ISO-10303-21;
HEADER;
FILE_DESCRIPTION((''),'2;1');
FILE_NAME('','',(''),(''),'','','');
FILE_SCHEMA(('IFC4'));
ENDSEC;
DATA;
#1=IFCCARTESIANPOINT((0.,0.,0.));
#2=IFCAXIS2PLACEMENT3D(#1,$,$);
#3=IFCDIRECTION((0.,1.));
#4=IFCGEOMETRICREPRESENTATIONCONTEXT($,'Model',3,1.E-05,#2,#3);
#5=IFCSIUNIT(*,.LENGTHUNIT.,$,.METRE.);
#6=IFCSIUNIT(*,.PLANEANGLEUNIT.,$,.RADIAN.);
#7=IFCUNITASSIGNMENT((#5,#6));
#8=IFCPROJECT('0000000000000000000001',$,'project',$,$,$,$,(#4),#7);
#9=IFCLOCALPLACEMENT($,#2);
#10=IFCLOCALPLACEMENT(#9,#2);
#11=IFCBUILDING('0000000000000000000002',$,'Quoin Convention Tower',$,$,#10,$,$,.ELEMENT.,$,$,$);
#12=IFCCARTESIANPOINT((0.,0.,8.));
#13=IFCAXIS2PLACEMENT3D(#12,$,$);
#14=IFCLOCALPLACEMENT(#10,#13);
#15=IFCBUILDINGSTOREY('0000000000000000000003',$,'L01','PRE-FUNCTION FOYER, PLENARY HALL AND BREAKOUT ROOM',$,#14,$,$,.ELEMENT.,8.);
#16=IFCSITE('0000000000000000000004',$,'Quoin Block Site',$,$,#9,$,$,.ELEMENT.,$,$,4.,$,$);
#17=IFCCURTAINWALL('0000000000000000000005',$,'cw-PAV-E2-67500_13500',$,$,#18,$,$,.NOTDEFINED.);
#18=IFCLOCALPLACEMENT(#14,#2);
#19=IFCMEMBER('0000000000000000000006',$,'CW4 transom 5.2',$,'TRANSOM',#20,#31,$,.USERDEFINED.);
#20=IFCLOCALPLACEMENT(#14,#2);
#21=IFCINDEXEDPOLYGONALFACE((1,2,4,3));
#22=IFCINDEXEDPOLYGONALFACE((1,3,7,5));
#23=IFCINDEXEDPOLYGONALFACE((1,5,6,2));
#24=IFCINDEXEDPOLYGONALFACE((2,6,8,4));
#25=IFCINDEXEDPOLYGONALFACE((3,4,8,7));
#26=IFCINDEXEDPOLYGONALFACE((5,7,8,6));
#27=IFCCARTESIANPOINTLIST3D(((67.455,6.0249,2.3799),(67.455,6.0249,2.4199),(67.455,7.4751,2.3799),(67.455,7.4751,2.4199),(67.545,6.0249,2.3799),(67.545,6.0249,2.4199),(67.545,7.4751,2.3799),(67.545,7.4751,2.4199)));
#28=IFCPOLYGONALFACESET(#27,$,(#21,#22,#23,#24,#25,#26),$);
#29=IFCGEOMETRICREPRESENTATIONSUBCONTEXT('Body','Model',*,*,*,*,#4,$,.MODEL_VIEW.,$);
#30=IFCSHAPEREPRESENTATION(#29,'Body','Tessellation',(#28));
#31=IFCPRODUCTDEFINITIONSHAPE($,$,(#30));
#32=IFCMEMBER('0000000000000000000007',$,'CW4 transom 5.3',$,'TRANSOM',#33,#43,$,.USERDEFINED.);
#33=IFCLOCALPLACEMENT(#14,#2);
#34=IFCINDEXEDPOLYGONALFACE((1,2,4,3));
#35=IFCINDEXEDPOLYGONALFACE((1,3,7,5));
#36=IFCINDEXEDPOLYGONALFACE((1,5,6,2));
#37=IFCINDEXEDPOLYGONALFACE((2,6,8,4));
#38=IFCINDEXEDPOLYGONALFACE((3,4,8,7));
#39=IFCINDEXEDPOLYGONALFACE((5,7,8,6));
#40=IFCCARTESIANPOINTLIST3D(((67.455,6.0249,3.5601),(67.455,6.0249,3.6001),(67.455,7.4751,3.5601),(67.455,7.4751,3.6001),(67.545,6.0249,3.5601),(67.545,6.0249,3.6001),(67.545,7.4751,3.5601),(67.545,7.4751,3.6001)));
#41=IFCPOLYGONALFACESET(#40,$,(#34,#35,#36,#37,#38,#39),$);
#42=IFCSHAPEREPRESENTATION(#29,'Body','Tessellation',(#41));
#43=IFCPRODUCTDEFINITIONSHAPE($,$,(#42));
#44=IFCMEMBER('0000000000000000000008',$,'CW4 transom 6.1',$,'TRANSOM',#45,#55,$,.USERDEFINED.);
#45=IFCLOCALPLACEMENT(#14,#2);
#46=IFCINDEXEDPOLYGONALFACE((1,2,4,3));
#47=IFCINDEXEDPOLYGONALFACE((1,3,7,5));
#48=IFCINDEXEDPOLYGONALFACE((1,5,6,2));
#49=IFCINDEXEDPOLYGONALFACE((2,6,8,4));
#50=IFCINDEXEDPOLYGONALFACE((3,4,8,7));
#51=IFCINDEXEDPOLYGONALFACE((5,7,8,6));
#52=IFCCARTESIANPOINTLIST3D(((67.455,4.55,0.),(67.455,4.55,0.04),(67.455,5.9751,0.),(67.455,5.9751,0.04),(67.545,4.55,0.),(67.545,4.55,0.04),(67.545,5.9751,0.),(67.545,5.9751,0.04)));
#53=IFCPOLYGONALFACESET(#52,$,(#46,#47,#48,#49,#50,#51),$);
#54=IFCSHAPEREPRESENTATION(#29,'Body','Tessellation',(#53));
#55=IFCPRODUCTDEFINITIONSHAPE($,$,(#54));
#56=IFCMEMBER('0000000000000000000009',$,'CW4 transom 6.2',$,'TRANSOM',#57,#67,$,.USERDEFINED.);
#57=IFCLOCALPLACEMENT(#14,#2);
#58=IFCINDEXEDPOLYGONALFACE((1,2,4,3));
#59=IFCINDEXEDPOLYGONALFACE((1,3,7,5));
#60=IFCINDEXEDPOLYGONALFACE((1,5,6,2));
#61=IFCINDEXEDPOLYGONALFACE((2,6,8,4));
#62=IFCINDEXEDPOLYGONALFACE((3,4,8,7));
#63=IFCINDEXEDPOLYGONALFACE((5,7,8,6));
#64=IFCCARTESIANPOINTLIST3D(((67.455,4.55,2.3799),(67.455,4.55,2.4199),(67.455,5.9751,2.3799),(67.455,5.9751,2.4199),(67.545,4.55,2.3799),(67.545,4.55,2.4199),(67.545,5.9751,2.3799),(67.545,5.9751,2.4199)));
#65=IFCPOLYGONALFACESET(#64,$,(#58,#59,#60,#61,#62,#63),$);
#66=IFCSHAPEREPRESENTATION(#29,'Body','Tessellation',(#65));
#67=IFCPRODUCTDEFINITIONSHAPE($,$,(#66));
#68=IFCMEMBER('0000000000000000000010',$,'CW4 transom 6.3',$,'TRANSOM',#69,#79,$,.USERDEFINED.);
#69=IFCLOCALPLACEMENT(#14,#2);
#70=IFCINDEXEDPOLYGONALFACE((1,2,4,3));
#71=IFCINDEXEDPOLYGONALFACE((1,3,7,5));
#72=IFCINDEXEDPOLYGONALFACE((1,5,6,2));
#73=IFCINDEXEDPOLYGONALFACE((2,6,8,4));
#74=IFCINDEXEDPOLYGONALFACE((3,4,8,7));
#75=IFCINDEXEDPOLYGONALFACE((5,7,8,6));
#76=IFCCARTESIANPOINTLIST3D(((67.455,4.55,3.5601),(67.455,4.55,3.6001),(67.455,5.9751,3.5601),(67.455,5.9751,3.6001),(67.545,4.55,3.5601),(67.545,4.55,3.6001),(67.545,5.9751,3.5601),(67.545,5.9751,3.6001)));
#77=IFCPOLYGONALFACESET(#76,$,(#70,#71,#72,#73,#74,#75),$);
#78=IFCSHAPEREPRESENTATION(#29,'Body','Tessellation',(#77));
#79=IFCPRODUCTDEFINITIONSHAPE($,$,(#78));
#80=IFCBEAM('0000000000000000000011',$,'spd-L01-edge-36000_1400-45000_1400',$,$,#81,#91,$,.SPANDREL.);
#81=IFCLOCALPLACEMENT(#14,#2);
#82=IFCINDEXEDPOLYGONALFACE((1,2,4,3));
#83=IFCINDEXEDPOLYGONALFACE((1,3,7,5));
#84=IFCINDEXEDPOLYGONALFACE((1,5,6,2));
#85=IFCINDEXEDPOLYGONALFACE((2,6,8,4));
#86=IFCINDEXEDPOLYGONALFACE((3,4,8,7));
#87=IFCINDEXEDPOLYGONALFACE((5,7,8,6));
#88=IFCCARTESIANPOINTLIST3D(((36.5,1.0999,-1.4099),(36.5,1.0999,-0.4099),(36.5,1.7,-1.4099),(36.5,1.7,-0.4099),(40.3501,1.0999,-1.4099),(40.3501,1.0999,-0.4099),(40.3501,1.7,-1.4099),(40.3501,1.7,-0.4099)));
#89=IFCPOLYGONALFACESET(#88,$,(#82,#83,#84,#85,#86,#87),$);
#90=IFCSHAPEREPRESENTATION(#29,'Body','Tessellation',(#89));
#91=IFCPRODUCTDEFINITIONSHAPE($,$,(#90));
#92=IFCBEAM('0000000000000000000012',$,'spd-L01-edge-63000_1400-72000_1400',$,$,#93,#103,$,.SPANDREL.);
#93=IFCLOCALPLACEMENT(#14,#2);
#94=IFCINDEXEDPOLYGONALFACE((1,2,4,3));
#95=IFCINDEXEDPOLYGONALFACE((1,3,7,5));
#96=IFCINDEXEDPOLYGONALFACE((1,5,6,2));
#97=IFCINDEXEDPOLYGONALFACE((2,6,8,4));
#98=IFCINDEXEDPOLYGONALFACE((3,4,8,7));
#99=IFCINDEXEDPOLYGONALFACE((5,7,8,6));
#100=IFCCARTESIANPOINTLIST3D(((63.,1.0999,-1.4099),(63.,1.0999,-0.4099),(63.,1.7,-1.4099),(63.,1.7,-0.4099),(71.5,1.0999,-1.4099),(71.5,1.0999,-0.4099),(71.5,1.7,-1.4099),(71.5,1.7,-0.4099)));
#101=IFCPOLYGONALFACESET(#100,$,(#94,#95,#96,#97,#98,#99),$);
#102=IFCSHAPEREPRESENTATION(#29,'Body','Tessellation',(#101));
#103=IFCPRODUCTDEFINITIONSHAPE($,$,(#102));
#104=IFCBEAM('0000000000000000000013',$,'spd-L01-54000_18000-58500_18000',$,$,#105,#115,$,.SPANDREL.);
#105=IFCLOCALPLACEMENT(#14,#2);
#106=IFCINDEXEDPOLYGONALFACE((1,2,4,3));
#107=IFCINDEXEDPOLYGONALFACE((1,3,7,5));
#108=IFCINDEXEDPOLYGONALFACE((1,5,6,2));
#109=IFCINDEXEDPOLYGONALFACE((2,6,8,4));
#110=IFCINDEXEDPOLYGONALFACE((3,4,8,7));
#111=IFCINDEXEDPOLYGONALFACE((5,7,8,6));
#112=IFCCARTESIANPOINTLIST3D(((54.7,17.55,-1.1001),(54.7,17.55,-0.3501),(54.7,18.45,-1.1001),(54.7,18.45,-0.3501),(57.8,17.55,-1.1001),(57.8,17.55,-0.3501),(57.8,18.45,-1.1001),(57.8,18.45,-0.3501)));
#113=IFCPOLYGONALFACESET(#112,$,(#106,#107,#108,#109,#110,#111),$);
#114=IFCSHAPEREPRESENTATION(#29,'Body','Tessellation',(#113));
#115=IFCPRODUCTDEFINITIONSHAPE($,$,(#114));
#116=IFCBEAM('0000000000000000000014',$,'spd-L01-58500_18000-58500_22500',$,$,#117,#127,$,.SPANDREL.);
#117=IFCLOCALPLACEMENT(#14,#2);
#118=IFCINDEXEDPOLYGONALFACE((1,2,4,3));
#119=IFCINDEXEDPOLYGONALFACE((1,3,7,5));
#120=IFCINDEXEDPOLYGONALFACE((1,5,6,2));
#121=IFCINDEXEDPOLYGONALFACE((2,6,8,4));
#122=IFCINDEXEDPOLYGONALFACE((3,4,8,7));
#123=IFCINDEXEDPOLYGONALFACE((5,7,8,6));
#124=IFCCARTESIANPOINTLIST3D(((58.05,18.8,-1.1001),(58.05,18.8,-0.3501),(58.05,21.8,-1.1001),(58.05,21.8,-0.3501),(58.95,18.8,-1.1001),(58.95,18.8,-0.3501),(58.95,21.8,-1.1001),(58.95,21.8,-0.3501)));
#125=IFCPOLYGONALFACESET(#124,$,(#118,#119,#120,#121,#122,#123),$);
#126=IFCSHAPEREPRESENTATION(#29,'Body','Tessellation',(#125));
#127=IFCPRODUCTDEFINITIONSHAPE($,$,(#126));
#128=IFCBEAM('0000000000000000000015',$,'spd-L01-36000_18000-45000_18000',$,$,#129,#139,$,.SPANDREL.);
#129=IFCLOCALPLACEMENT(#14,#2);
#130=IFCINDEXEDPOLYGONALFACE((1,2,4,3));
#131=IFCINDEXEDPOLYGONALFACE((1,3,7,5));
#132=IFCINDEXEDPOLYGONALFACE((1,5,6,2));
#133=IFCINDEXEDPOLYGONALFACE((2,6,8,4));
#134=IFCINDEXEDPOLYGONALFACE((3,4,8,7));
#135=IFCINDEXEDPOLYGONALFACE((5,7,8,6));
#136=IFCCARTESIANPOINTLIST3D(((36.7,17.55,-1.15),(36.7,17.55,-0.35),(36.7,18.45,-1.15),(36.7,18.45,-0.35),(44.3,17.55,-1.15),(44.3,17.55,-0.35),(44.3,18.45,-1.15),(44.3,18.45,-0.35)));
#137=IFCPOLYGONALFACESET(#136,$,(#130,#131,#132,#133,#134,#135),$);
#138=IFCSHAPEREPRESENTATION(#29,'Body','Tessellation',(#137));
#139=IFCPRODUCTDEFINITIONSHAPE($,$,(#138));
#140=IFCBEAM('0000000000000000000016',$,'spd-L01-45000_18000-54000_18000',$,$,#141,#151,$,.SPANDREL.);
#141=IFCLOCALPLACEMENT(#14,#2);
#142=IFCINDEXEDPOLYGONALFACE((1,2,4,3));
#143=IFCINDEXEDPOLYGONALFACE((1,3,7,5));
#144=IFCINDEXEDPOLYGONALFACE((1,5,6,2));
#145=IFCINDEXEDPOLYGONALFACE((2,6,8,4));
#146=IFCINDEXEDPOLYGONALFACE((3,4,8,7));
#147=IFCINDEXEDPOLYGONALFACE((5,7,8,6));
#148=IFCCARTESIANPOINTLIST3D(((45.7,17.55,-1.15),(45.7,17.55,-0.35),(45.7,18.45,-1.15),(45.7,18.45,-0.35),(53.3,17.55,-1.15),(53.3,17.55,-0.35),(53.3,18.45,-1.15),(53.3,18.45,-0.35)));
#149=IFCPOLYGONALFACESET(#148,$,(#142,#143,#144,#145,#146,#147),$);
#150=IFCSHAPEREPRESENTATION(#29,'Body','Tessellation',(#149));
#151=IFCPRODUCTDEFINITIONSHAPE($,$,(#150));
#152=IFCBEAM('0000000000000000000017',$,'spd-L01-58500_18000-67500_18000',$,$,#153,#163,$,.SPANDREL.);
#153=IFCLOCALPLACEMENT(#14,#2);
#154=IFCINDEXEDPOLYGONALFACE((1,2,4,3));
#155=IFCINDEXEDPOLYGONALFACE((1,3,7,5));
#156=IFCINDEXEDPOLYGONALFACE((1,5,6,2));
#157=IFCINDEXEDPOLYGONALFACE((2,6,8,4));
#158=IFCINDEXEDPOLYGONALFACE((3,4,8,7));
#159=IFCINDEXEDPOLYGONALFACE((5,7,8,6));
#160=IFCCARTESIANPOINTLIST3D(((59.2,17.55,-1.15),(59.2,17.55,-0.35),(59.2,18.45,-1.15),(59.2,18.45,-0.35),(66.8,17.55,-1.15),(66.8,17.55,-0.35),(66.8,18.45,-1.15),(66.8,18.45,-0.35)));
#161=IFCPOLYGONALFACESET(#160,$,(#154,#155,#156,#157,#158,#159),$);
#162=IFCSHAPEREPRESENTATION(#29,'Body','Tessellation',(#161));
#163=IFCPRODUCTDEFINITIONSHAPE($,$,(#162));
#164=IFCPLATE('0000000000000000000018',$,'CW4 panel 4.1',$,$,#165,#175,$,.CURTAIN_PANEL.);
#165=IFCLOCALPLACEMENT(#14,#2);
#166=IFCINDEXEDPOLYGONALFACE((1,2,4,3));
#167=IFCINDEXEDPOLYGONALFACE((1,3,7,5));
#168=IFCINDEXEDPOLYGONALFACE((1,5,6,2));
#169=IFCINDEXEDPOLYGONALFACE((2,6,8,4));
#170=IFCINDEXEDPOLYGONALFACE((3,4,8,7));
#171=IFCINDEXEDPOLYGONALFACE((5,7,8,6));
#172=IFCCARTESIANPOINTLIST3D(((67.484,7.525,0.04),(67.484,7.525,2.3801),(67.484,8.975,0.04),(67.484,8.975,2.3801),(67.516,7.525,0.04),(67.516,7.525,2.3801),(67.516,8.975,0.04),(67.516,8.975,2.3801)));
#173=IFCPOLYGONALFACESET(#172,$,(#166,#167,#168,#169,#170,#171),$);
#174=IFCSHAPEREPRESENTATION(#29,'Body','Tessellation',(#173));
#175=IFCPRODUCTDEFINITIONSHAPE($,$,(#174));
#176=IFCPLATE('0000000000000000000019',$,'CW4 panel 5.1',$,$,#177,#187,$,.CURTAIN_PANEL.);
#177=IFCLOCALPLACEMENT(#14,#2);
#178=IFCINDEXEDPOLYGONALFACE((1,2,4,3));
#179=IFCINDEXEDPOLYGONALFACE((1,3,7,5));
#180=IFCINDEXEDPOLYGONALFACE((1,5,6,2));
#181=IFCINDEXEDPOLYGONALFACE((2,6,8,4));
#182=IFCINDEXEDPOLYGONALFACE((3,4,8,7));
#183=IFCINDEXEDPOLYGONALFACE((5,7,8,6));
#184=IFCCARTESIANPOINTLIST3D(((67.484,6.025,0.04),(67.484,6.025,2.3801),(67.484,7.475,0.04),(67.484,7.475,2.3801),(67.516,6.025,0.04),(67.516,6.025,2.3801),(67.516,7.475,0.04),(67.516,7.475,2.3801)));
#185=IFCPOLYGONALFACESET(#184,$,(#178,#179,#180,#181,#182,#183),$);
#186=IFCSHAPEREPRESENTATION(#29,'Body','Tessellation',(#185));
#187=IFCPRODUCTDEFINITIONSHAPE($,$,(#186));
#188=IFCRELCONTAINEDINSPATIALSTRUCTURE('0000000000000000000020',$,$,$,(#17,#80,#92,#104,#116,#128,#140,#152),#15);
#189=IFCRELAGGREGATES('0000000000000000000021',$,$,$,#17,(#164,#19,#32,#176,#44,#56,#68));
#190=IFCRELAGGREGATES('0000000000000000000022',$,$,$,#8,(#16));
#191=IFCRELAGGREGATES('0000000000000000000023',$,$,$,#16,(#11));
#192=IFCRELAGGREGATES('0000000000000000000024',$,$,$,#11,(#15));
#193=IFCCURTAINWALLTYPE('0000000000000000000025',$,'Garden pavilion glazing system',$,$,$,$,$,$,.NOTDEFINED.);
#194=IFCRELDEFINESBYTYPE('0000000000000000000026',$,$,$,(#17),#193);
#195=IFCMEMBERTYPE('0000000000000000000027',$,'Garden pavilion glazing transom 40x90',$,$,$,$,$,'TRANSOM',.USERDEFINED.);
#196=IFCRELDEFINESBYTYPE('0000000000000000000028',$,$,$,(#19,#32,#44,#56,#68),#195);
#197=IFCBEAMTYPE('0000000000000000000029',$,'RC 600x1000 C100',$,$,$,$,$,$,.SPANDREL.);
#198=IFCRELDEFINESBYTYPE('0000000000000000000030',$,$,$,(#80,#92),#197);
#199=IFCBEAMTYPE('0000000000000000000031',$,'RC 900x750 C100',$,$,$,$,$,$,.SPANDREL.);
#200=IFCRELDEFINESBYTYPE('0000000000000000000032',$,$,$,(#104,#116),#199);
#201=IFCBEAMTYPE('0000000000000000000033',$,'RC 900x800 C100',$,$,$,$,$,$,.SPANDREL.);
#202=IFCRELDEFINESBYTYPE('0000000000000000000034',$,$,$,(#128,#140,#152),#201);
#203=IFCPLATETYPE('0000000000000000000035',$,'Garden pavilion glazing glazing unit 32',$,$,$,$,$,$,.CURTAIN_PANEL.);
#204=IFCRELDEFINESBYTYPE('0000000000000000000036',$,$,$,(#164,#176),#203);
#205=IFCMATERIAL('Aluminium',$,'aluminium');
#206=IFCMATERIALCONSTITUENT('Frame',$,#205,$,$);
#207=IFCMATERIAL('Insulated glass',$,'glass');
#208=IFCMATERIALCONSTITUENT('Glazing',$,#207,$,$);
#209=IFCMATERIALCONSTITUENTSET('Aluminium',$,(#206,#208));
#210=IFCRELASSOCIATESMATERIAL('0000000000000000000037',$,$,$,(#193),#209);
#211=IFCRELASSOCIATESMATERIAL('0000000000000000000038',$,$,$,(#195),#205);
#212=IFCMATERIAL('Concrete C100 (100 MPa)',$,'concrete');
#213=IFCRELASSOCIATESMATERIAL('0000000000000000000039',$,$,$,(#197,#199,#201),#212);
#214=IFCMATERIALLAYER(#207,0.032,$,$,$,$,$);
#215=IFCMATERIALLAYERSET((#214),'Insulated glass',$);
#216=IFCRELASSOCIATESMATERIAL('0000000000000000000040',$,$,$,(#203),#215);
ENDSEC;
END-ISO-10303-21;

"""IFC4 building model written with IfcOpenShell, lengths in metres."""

from ifc_helpers import new_model, si_unit, direction, frame, origin, origin_2d, place, context, subcontext, project, spatial, rectangle, extrude, material, layer, layer_set, constituent, constituent_set, material_profile, profile_set, type_object, element, aggregate, save


model = new_model("IFC4")

# Units and contexts
model_context = context("Model", 3, precision=1e-05, world=origin(), true_north=direction((0.0, 1.0)))
body_context = subcontext(model_context, "Body", "Model", "MODEL_VIEW")
ifc_project = project(units=[si_unit("LENGTHUNIT", "METRE"), si_unit("PLANEANGLEUNIT", "RADIAN")], contexts=[model_context])

# Site, building, storey
site_placement = place(None, origin())
site = spatial("IfcSite", under=ifc_project, at=site_placement, Name="Quoin Block Site", CompositionType="ELEMENT", RefElevation=4.0)
building_placement = place(site_placement, origin())
building = spatial("IfcBuilding", under=site, at=building_placement, Name="Quoin Convention Tower", CompositionType="ELEMENT")
storey_placement = place(building_placement, frame((0.0, 0.0, 8.0)))
storey = spatial("IfcBuildingStorey", under=building, at=storey_placement, Name="L01", Description="PRE-FUNCTION FOYER, PLENARY HALL AND BREAKOUT ROOM", CompositionType="ELEMENT", Elevation=8.0)

# Shared definitions
ifc_material_1 = material(Name="Concrete C100 (100 MPa)", Category="concrete")

# Curtain wall, members
ifc_material_2 = material(Name="Aluminium", Category="aluminium")
ifc_constituent_1 = constituent(ifc_material_2, Name="Frame")
ifc_material_3 = material(Name="Insulated glass", Category="glass")
ifc_constituent_2 = constituent(ifc_material_3, Name="Glazing")
ifc_constituent_set_1 = constituent_set(constituents=[ifc_constituent_1, ifc_constituent_2], Name="Aluminium")
curtain_wall_type = type_object("IfcCurtainWallType", Name="Garden pavilion glazing system", PredefinedType="NOTDEFINED", material=ifc_constituent_set_1)
curtain_wall_placement = place(storey_placement, origin())
curtain_wall = element("IfcCurtainWall", 1, at=curtain_wall_placement, inside=storey, type_object=curtain_wall_type, Name="cw-PAV-E2-67500_13500", PredefinedType="NOTDEFINED")
ifc_material_profile_1 = material_profile(ifc_material_2, rectangle(XDim=0.0901, YDim=0.04, at=origin_2d()), Name="Garden pavilion glazing transom 40x90")
ifc_profile_set_1 = profile_set([ifc_material_profile_1], Name="Aluminium")
member_type_1 = type_object("IfcMemberType", Name="Garden pavilion glazing transom 40x90", ElementType="TRANSOM", PredefinedType="USERDEFINED", material=ifc_profile_set_1)
member_1_placement = place(storey_placement, frame((67.5, 7.4751, 2.3999), z_axis=(0.0, -1.0, 0.0), x_axis=(1.0, 0.0, 0.0)))
member_1 = element("IfcMember", 2, at=member_1_placement, type_object=member_type_1, Name="CW4 transom 5.2", ObjectType="TRANSOM", PredefinedType="USERDEFINED", context=body_context, shape_type="SweptSolid", body=[
    extrude(rectangle(XDim=0.0901, YDim=0.04, at=origin_2d()), origin(), (0.0, 0.0, 1.0), 1.4502),
])
member_2_placement = place(storey_placement, frame((67.5, 7.4751, 3.5801), z_axis=(0.0, -1.0, 0.0), x_axis=(1.0, 0.0, 0.0)))
member_2 = element("IfcMember", 3, at=member_2_placement, type_object=member_type_1, Name="CW4 transom 5.3", ObjectType="TRANSOM", PredefinedType="USERDEFINED", context=body_context, shape_type="SweptSolid", body=[
    extrude(rectangle(XDim=0.0901, YDim=0.04, at=origin_2d()), origin(), (0.0, 0.0, 1.0), 1.4502),
])
member_3_placement = place(storey_placement, frame((67.5, 5.9751, 0.02), z_axis=(0.0, -1.0, 0.0), x_axis=(1.0, 0.0, 0.0)))
member_3 = element("IfcMember", 4, at=member_3_placement, type_object=member_type_1, Name="CW4 transom 6.1", ObjectType="TRANSOM", PredefinedType="USERDEFINED", context=body_context, shape_type="SweptSolid", body=[
    extrude(rectangle(XDim=0.0901, YDim=0.04, at=origin_2d()), origin(), (0.0, 0.0, 1.0), 1.425),
])
member_4_placement = place(storey_placement, frame((67.5, 5.9751, 2.3999), z_axis=(0.0, -1.0, 0.0), x_axis=(1.0, 0.0, 0.0)))
member_4 = element("IfcMember", 5, at=member_4_placement, type_object=member_type_1, Name="CW4 transom 6.2", ObjectType="TRANSOM", PredefinedType="USERDEFINED", context=body_context, shape_type="SweptSolid", body=[
    extrude(rectangle(XDim=0.0901, YDim=0.04, at=origin_2d()), origin(), (0.0, 0.0, 1.0), 1.425),
])
member_5_placement = place(storey_placement, frame((67.5, 5.9751, 3.5801), z_axis=(0.0, -1.0, 0.0), x_axis=(1.0, 0.0, 0.0)))
member_5 = element("IfcMember", 6, at=member_5_placement, type_object=member_type_1, Name="CW4 transom 6.3", ObjectType="TRANSOM", PredefinedType="USERDEFINED", context=body_context, shape_type="SweptSolid", body=[
    extrude(rectangle(XDim=0.0901, YDim=0.04, at=origin_2d()), origin(), (0.0, 0.0, 1.0), 1.425),
])

# Beams
ifc_material_profile_2 = material_profile(ifc_material_1, rectangle(XDim=0.6001, YDim=1.0, at=origin_2d()), Name="RC 600x1000")
ifc_profile_set_2 = profile_set([ifc_material_profile_2], Name="Concrete C100 (100 MPa)")
beam_type_1 = type_object("IfcBeamType", Name="RC 600x1000 C100", PredefinedType="SPANDREL", material=ifc_profile_set_2)
beam_1_placement = place(storey_placement, frame((36.5, 1.3999, -0.9099), z_axis=(1.0, 0.0, 0.0), x_axis=(0.0, 1.0, 0.0)))
element("IfcBeam", 7, at=beam_1_placement, inside=storey, type_object=beam_type_1, Name="spd-L01-edge-36000_1400-45000_1400", PredefinedType="SPANDREL", context=body_context, shape_type="SweptSolid", body=[
    extrude(rectangle(XDim=0.6001, YDim=1.0, at=origin_2d()), origin(), (0.0, 0.0, 1.0), 3.8501),
])
beam_2_placement = place(storey_placement, frame((63.0, 1.3999, -0.9099), z_axis=(1.0, 0.0, 0.0), x_axis=(0.0, 1.0, 0.0)))
element("IfcBeam", 8, at=beam_2_placement, inside=storey, type_object=beam_type_1, Name="spd-L01-edge-63000_1400-72000_1400", PredefinedType="SPANDREL", context=body_context, shape_type="SweptSolid", body=[
    extrude(rectangle(XDim=0.6001, YDim=1.0, at=origin_2d()), origin(), (0.0, 0.0, 1.0), 8.5),
])
ifc_material_profile_3 = material_profile(ifc_material_1, rectangle(XDim=0.8999, YDim=0.75, at=origin_2d()), Name="RC 900x750")
ifc_profile_set_3 = profile_set([ifc_material_profile_3], Name="Concrete C100 (100 MPa)")
beam_type_2 = type_object("IfcBeamType", Name="RC 900x750 C100", PredefinedType="SPANDREL", material=ifc_profile_set_3)
beam_3_placement = place(storey_placement, frame((54.7, 18.0, -0.7251), z_axis=(1.0, 0.0, 0.0), x_axis=(0.0, 1.0, 0.0)))
element("IfcBeam", 9, at=beam_3_placement, inside=storey, type_object=beam_type_2, Name="spd-L01-54000_18000-58500_18000", PredefinedType="SPANDREL", context=body_context, shape_type="SweptSolid", body=[
    extrude(rectangle(XDim=0.8999, YDim=0.75, at=origin_2d()), origin(), (0.0, 0.0, 1.0), 3.1001),
])
beam_4_placement = place(storey_placement, frame((58.5, 18.8, -0.7251), z_axis=(0.0, 1.0, 0.0), x_axis=(-1.0, 0.0, 0.0)))
element("IfcBeam", 10, at=beam_4_placement, inside=storey, type_object=beam_type_2, Name="spd-L01-58500_18000-58500_22500", PredefinedType="SPANDREL", context=body_context, shape_type="SweptSolid", body=[
    extrude(rectangle(XDim=0.8999, YDim=0.75, at=origin_2d()), origin(), (0.0, 0.0, 1.0), 3.0),
])
ifc_material_profile_4 = material_profile(ifc_material_1, rectangle(XDim=0.8999, YDim=0.8, at=origin_2d()), Name="RC 900x800")
ifc_profile_set_4 = profile_set([ifc_material_profile_4], Name="Concrete C100 (100 MPa)")
beam_type_3 = type_object("IfcBeamType", Name="RC 900x800 C100", PredefinedType="SPANDREL", material=ifc_profile_set_4)
for number, where, z_axis, x_axis, name in (
    (11, (36.7, 18.0, -0.75), (1.0, 0.0, 0.0), (0.0, 1.0, 0.0), "spd-L01-36000_18000-45000_18000"),
    (12, (45.7, 18.0, -0.75), (1.0, 0.0, 0.0), (0.0, 1.0, 0.0), "spd-L01-45000_18000-54000_18000"),
    (13, (59.2, 18.0, -0.75), (1.0, 0.0, 0.0), (0.0, 1.0, 0.0), "spd-L01-58500_18000-67500_18000"),
):
    element("IfcBeam", number, at=place(storey_placement, frame(where, z_axis=z_axis, x_axis=x_axis)), inside=storey, type_object=beam_type_3, Name=name, PredefinedType="SPANDREL", context=body_context, shape_type="SweptSolid", body=[
        extrude(rectangle(XDim=0.8999, YDim=0.8, at=origin_2d()), origin(), (0.0, 0.0, 1.0), 7.6001),
    ])

# Plates
ifc_layer_1 = layer(ifc_material_3, 0.032)
ifc_layer_set_1 = layer_set([ifc_layer_1], Name="Insulated glass")
plate_type = type_object("IfcPlateType", Name="Garden pavilion glazing glazing unit 32", PredefinedType="CURTAIN_PANEL", material=ifc_layer_set_1)
plate_1_placement = place(storey_placement, frame((67.5, 8.25, 0.04), z_axis=(0.0, 0.0, 1.0), x_axis=(0.0, -1.0, 0.0)))
plate_1 = element("IfcPlate", 14, at=plate_1_placement, type_object=plate_type, Name="CW4 panel 4.1", PredefinedType="CURTAIN_PANEL", context=body_context, shape_type="SweptSolid", body=[
    extrude(rectangle(XDim=1.45, YDim=0.032, at=origin_2d()), origin(), (0.0, 0.0, 1.0), 2.3401),
])
plate_2_placement = place(storey_placement, frame((67.5, 6.75, 0.04), z_axis=(0.0, 0.0, 1.0), x_axis=(0.0, -1.0, 0.0)))
plate_2 = element("IfcPlate", 15, at=plate_2_placement, type_object=plate_type, Name="CW4 panel 5.1", PredefinedType="CURTAIN_PANEL", context=body_context, shape_type="SweptSolid", body=[
    extrude(rectangle(XDim=1.45, YDim=0.032, at=origin_2d()), origin(), (0.0, 0.0, 1.0), 2.3401),
])
aggregate(curtain_wall, [plate_1, member_1, member_2, plate_2, member_3, member_4, member_5])

save(model, "model.ifc")
